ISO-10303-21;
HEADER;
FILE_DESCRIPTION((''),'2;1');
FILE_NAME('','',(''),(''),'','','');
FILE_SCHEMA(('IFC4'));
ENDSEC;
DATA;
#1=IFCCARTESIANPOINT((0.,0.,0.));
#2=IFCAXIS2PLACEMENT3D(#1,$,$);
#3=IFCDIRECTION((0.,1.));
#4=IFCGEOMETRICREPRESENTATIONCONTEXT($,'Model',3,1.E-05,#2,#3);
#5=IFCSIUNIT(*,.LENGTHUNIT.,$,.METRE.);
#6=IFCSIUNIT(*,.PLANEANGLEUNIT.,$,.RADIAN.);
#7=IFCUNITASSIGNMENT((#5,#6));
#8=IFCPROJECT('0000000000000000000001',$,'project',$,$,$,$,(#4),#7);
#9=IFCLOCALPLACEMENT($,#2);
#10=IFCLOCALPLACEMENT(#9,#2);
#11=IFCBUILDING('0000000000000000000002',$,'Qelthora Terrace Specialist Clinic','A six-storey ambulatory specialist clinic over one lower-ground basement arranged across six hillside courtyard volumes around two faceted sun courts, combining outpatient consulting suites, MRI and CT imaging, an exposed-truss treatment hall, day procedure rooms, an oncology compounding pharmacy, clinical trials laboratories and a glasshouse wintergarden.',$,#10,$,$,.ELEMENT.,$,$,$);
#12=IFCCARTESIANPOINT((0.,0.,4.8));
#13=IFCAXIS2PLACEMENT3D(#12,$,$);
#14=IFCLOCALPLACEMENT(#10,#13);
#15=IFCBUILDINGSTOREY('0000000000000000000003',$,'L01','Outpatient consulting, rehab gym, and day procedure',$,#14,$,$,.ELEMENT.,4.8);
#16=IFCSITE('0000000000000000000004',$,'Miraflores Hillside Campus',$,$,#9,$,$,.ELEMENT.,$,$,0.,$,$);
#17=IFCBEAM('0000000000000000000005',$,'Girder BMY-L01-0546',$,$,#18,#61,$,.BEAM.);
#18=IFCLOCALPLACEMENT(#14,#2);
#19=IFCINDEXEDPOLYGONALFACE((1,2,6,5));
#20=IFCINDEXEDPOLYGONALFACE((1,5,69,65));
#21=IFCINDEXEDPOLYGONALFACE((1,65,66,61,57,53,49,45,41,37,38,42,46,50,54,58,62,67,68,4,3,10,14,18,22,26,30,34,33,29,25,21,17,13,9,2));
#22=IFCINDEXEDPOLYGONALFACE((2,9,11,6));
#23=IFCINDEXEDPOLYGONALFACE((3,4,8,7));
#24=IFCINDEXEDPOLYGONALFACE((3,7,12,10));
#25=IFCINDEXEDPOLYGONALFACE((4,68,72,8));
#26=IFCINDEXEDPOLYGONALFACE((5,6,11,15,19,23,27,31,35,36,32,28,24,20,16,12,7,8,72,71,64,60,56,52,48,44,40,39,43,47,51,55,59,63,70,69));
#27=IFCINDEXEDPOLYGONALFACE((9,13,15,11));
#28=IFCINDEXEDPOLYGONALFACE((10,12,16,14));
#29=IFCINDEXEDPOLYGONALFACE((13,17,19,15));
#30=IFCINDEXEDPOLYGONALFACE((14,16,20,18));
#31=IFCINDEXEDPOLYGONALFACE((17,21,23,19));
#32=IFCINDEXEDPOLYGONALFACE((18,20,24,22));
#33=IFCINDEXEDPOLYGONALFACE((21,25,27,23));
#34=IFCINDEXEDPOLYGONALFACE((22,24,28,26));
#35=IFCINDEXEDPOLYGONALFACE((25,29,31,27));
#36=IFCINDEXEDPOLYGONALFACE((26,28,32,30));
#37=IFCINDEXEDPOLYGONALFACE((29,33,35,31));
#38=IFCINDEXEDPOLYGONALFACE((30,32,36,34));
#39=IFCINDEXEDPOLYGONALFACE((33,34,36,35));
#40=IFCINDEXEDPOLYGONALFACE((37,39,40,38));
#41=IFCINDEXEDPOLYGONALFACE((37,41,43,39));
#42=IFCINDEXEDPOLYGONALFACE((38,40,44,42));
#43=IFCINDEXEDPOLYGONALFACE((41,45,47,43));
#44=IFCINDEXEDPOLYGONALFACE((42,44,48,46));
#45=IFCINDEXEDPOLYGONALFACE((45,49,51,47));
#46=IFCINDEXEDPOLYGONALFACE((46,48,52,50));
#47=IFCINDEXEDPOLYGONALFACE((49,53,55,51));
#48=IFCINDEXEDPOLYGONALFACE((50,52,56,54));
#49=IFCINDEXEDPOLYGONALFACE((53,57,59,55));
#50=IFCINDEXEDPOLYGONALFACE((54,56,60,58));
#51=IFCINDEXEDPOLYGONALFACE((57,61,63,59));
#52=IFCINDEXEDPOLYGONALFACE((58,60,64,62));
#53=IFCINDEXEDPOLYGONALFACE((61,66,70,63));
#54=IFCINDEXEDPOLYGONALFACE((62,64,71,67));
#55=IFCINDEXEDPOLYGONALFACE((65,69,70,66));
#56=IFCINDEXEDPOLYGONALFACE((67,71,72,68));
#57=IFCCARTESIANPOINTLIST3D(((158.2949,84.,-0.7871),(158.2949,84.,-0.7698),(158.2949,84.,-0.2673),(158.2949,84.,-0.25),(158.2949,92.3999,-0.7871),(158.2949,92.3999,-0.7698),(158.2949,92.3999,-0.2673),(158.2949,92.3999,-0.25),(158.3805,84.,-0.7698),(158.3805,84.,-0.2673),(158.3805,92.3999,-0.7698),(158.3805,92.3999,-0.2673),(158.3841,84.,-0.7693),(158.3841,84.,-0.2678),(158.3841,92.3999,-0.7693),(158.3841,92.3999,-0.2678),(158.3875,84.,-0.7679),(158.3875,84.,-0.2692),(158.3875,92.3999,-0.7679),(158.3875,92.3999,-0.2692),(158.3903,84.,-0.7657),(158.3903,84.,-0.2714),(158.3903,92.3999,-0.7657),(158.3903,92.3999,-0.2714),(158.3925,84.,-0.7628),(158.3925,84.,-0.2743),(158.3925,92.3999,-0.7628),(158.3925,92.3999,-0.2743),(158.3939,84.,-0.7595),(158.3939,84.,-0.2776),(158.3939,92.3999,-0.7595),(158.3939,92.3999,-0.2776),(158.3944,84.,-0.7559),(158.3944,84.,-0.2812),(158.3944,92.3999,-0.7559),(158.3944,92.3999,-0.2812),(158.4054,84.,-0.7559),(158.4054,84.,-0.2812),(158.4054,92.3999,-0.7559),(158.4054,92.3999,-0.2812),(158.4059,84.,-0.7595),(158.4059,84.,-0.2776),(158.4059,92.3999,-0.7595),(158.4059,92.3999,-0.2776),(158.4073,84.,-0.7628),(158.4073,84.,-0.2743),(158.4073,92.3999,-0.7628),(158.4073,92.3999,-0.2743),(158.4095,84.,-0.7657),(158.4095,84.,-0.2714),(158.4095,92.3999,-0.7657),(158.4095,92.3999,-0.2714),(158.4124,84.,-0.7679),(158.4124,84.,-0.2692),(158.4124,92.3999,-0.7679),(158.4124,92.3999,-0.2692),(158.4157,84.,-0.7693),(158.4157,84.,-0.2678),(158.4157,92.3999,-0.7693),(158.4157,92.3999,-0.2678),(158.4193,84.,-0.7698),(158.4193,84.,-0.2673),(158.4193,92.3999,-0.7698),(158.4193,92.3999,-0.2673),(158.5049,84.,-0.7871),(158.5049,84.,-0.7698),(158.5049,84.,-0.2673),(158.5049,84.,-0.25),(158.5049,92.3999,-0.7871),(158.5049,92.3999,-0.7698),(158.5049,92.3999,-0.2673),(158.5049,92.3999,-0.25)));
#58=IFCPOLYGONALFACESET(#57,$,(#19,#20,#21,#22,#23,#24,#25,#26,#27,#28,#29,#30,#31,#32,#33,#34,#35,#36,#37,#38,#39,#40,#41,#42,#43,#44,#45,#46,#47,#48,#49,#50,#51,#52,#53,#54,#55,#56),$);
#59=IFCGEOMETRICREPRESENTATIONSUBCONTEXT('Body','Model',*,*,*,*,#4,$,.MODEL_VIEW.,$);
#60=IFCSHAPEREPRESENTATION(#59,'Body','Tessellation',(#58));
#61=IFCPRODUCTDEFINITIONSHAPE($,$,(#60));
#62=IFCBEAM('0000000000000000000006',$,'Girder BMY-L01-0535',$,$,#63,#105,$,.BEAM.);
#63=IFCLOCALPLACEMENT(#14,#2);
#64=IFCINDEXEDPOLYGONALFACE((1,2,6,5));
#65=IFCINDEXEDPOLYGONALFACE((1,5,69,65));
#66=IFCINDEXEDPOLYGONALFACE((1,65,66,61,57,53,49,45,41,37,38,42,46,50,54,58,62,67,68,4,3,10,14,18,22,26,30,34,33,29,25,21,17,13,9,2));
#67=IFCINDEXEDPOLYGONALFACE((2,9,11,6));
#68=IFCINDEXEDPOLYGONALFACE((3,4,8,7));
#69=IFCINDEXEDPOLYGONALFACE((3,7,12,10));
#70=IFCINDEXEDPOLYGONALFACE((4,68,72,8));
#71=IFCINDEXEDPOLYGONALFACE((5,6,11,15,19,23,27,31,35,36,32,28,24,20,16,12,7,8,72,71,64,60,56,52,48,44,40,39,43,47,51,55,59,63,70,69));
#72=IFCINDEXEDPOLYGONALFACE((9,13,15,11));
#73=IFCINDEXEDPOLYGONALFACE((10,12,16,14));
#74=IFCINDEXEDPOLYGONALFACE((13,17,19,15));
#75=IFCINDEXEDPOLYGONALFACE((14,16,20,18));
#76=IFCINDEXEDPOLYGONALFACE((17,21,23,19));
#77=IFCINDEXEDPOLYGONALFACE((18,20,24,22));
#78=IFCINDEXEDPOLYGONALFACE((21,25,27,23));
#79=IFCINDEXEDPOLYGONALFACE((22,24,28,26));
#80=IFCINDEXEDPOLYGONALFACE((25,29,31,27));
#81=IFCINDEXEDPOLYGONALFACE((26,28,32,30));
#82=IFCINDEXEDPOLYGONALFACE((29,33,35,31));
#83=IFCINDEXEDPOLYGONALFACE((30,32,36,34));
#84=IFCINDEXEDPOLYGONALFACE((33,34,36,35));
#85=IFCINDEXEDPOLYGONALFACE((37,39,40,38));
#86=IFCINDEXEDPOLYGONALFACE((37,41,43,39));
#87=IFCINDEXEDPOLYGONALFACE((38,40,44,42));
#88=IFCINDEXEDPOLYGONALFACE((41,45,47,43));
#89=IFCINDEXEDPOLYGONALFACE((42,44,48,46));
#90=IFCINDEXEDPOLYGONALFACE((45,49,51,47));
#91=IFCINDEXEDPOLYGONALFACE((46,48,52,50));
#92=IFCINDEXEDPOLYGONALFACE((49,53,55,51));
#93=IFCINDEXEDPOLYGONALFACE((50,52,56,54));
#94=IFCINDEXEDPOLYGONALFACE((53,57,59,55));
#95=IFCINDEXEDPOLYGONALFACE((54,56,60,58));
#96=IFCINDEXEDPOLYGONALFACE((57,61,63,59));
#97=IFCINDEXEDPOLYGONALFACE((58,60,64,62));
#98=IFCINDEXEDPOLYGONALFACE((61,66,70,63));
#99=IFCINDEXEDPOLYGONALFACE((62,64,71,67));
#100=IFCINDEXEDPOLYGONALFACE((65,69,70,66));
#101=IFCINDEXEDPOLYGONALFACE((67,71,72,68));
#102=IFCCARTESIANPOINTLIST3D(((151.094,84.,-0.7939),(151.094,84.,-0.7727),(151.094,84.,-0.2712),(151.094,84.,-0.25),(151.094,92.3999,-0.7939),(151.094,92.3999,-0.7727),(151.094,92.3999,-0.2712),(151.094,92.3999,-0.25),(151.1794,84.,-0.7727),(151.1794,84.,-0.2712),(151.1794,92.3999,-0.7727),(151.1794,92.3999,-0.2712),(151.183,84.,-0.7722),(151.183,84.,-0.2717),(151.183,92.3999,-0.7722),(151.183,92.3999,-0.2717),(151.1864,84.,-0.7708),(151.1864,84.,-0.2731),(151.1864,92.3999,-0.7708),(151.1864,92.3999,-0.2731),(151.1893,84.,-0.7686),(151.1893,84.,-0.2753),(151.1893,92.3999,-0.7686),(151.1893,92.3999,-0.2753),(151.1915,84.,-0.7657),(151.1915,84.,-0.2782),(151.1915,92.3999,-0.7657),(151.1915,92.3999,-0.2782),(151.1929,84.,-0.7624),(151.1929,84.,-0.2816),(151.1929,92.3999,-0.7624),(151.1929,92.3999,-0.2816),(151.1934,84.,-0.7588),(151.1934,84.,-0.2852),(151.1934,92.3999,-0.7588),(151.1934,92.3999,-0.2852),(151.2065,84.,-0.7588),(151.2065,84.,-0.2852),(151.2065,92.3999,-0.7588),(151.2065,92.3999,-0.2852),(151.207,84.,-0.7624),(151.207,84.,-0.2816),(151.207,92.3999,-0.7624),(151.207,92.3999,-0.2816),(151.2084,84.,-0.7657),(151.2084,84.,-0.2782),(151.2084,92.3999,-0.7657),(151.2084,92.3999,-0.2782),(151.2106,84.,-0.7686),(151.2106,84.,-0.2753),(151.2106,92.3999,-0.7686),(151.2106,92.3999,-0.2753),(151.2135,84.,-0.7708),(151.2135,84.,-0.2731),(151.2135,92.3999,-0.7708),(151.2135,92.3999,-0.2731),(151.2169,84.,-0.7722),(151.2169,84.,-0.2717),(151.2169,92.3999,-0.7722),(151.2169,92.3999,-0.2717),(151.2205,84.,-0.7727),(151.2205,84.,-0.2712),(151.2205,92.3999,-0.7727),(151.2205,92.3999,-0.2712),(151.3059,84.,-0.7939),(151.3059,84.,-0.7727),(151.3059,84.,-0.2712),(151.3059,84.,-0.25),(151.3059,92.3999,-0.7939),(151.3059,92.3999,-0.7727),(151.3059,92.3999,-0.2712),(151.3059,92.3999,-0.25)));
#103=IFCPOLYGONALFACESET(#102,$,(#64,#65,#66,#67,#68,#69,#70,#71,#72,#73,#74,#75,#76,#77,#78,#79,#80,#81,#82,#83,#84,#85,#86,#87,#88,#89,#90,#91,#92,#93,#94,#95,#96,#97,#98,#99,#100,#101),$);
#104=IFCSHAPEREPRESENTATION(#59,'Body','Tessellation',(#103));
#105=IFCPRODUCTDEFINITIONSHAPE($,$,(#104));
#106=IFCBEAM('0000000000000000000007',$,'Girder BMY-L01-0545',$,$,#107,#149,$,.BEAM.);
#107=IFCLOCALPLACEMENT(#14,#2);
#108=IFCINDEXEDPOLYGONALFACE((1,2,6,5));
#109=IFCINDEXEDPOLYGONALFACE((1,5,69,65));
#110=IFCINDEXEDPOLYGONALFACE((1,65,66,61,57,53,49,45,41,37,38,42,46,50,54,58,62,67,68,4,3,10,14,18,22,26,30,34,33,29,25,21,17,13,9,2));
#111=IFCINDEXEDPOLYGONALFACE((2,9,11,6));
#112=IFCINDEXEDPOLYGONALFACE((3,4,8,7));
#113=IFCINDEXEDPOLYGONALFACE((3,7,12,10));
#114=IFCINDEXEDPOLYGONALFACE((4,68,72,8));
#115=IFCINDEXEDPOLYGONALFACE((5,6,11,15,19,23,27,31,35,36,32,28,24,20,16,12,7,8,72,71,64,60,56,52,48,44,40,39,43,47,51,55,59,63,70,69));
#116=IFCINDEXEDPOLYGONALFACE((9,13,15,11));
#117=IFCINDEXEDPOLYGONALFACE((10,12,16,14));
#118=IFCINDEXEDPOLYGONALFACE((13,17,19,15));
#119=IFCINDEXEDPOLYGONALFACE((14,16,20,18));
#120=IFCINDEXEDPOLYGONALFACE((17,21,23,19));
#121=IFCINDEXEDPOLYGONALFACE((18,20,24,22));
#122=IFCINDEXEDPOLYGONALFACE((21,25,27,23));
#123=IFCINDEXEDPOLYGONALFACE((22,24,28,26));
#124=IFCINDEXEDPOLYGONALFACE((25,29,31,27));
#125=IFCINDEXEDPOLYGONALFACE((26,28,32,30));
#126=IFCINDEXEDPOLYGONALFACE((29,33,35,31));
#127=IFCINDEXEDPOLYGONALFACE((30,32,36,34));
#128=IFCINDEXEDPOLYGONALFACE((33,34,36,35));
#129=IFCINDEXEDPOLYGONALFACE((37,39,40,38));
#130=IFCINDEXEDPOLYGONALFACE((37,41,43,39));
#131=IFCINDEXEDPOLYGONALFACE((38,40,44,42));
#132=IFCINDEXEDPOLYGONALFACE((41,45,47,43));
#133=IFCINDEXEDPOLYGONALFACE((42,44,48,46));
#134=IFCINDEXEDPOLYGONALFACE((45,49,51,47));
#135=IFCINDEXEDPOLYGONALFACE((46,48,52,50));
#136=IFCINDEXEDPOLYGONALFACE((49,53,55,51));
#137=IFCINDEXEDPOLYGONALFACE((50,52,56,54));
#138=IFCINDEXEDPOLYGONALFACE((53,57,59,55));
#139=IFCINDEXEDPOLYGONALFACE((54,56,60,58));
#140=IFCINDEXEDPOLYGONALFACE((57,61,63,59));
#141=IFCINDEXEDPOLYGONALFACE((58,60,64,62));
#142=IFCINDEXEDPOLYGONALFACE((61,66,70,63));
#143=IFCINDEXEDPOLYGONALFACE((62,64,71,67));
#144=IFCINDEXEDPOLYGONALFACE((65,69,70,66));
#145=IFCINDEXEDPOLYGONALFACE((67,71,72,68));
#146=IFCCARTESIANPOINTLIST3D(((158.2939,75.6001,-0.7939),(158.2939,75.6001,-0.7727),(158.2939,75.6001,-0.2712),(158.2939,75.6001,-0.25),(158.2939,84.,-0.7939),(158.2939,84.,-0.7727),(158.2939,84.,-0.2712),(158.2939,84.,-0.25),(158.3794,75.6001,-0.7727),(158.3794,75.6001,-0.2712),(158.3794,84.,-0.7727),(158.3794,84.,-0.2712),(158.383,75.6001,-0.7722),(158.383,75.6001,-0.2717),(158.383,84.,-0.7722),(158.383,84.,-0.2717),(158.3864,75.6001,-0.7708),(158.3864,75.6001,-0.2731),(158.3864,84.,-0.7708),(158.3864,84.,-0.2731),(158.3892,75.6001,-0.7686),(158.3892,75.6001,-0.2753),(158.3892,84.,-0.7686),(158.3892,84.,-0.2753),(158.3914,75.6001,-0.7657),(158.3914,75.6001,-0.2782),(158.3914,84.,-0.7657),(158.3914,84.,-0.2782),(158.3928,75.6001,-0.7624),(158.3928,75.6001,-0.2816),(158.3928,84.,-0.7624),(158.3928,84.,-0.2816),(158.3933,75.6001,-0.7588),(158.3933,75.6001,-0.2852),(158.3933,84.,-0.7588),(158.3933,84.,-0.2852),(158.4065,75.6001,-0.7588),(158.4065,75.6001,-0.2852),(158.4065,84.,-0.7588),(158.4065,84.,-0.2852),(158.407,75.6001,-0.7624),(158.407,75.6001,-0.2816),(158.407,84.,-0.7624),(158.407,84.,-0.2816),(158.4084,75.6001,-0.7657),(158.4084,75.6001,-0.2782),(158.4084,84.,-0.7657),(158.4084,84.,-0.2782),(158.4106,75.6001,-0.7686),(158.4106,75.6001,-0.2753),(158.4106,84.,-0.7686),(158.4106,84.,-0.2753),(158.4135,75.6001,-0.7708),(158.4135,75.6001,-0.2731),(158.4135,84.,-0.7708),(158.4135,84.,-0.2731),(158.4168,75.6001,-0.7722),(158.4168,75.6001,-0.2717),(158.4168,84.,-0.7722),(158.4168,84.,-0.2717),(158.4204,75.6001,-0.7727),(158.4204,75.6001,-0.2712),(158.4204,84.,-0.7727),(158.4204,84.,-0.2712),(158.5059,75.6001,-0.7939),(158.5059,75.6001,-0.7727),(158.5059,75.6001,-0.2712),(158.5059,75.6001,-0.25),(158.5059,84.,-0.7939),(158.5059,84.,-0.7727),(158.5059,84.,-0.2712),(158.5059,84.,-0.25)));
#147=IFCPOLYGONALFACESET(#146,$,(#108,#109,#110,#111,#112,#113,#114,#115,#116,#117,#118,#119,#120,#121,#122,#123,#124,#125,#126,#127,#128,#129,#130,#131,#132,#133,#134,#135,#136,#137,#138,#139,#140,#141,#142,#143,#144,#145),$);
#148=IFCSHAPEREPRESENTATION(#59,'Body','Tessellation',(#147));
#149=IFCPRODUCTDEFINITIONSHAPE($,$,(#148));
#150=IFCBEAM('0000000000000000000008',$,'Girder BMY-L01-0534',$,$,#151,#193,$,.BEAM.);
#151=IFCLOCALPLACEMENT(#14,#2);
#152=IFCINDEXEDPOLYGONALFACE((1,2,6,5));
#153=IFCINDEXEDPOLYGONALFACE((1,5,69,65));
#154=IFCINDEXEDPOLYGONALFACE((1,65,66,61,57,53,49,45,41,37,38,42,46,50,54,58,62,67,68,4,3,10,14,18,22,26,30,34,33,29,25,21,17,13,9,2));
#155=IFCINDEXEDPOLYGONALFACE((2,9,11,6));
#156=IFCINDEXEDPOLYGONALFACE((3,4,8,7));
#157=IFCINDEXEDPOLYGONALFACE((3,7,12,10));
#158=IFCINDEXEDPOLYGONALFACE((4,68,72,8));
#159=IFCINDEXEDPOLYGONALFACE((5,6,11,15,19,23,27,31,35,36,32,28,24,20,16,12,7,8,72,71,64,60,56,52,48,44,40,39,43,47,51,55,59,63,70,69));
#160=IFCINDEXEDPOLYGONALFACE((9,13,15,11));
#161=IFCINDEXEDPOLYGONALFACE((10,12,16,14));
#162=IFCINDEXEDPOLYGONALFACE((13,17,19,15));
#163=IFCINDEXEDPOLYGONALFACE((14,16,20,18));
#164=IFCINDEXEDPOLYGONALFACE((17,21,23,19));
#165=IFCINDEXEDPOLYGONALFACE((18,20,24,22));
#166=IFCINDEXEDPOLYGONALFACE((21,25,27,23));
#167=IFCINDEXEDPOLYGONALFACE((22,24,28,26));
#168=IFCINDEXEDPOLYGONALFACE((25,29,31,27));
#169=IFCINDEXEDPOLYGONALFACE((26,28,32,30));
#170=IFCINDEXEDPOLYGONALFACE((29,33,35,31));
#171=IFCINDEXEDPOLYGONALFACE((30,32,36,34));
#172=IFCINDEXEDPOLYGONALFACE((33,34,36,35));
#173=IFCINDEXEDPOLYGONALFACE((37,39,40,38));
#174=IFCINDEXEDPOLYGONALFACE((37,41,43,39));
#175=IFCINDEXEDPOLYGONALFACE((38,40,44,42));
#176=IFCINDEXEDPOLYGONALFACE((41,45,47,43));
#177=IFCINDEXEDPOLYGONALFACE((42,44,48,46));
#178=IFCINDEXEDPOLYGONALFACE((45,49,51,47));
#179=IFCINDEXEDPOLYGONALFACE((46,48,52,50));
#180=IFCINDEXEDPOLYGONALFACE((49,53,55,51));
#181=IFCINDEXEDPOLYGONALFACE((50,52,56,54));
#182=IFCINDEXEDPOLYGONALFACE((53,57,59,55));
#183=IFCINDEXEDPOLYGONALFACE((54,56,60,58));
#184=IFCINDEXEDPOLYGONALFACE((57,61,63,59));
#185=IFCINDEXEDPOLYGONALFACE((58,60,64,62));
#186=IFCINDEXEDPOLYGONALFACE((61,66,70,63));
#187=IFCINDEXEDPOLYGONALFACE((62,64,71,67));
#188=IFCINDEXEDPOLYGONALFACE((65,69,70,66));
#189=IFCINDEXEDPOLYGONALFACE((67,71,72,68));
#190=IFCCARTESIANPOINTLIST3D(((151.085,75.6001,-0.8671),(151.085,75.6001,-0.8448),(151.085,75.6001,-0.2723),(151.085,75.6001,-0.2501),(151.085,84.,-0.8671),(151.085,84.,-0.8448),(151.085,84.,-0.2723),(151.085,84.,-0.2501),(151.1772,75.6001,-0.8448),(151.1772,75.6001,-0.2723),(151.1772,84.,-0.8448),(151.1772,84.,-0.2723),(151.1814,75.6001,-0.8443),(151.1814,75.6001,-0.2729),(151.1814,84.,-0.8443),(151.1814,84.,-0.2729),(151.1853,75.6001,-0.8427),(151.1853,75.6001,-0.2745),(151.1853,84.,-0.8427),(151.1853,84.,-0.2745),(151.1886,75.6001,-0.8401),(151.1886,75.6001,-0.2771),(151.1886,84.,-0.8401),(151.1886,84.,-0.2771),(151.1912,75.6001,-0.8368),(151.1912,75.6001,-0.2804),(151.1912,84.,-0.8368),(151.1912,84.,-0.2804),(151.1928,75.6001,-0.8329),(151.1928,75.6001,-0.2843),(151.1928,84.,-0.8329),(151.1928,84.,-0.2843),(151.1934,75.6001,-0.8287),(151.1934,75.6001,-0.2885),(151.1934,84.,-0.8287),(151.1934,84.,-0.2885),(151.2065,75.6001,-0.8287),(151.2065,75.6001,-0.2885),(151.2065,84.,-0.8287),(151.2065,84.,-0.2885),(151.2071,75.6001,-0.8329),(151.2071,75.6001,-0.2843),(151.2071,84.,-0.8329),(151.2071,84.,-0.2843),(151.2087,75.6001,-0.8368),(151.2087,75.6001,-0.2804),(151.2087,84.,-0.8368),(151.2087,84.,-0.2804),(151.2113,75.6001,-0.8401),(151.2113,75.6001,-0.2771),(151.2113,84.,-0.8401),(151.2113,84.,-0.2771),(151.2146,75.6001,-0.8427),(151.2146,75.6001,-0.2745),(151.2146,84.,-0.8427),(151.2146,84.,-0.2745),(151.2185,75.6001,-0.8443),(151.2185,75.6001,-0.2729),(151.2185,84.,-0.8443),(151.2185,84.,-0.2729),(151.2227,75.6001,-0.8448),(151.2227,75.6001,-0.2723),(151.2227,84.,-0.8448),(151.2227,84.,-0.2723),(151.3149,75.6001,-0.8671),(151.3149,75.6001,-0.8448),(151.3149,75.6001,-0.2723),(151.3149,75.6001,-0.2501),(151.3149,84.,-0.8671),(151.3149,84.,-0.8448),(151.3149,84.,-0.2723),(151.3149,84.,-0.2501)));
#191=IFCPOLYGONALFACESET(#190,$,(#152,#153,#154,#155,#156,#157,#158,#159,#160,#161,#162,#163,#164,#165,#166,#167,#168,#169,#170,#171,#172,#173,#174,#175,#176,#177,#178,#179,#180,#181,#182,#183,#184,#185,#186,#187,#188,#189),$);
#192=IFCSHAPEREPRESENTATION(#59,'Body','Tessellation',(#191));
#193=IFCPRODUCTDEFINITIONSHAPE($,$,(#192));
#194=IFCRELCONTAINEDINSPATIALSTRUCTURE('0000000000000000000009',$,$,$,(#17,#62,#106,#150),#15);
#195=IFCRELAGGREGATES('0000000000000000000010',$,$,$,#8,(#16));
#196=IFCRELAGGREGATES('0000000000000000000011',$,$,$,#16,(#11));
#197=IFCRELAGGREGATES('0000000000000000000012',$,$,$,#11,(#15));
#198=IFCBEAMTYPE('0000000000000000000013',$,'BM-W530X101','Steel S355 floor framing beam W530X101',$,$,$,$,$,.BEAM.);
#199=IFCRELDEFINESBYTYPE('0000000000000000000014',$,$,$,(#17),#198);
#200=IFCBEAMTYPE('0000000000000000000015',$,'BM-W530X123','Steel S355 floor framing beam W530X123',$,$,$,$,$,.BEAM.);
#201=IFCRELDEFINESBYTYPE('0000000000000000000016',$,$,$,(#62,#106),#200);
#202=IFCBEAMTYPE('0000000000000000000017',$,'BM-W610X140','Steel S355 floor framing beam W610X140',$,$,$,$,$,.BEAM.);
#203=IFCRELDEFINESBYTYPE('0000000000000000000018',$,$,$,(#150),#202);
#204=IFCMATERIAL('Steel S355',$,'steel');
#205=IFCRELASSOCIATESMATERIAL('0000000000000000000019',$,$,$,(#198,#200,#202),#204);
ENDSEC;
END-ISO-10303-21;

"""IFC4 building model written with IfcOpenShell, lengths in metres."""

from ifc_helpers import new_model, si_unit, direction, frame, origin, origin_2d, place, context, subcontext, project, spatial, i_section, extrude, material, material_profile, profile_set, type_object, element, save


model = new_model("IFC4")

# Units and contexts
model_context = context("Model", 3, precision=1e-05, world=origin(), true_north=direction((0.0, 1.0)))
body_context = subcontext(model_context, "Body", "Model", "MODEL_VIEW")
ifc_project = project(units=[si_unit("LENGTHUNIT", "METRE"), si_unit("PLANEANGLEUNIT", "RADIAN")], contexts=[model_context])

# Site, building, storey
site_placement = place(None, origin())
site = spatial("IfcSite", under=ifc_project, at=site_placement, Name="Miraflores Hillside Campus", CompositionType="ELEMENT", RefElevation=0.0)
building_placement = place(site_placement, origin())
building = spatial("IfcBuilding", under=site, at=building_placement, Name="Qelthora Terrace Specialist Clinic", Description="A six-storey ambulatory specialist clinic over one lower-ground basement arranged across six hillside courtyard volumes around two faceted sun courts, combining outpatient consulting suites, MRI and CT imaging, an exposed-truss treatment hall, day procedure rooms, an oncology compounding pharmacy, clinical trials laboratories and a glasshouse wintergarden.", CompositionType="ELEMENT")
storey_placement = place(building_placement, frame((0.0, 0.0, 4.8)))
storey = spatial("IfcBuildingStorey", under=building, at=storey_placement, Name="L01", Description="Outpatient consulting, rehab gym, and day procedure", CompositionType="ELEMENT", Elevation=4.8)

# Shared definitions
ifc_material_1 = material(Name="Steel S355", Category="steel")

# Beams
ifc_material_profile_1 = material_profile(ifc_material_1, i_section(OverallWidth=0.21, OverallDepth=0.5371, WebThickness=0.011, FlangeThickness=0.0173, FilletRadius=0.0139, at=origin_2d()), Name="W530X101")
ifc_profile_set_1 = profile_set([ifc_material_profile_1], Name="Steel S355")
beam_type_1 = type_object("IfcBeamType", Name="BM-W530X101", Description="Steel S355 floor framing beam W530X101", PredefinedType="BEAM", material=ifc_profile_set_1)
beam_1_placement = place(storey_placement, frame((158.3999, 84.0, -0.5186), z_axis=(0.0, 1.0, 0.0), x_axis=(-1.0, 0.0, 0.0)))
element("IfcBeam", 1, at=beam_1_placement, inside=storey, type_object=beam_type_1, Name="Girder BMY-L01-0546", PredefinedType="BEAM", context=body_context, shape_type="SweptSolid", body=[
    extrude(i_section(OverallWidth=0.21, OverallDepth=0.5371, WebThickness=0.011, FlangeThickness=0.0173, FilletRadius=0.0139, at=origin_2d()), origin(), (0.0, 0.0, 1.0), 8.3999),
])
ifc_material_profile_2 = material_profile(ifc_material_1, i_section(OverallWidth=0.2119, OverallDepth=0.5439, WebThickness=0.0132, FlangeThickness=0.0212, FilletRadius=0.0139, at=origin_2d()), Name="W530X123")
ifc_profile_set_2 = profile_set([ifc_material_profile_2], Name="Steel S355")
beam_type_2 = type_object("IfcBeamType", Name="BM-W530X123", Description="Steel S355 floor framing beam W530X123", PredefinedType="BEAM", material=ifc_profile_set_2)
for number, where, z_axis, x_axis, name in (
    (2, (151.2, 84.0, -0.522), (0.0, 1.0, 0.0), (-1.0, 0.0, 0.0), "Girder BMY-L01-0535"),
    (3, (158.3999, 75.6001, -0.522), (0.0, 1.0, 0.0), (-1.0, 0.0, 0.0), "Girder BMY-L01-0545"),
):
    element("IfcBeam", number, at=place(storey_placement, frame(where, z_axis=z_axis, x_axis=x_axis)), inside=storey, type_object=beam_type_2, Name=name, PredefinedType="BEAM", context=body_context, shape_type="SweptSolid", body=[
        extrude(i_section(OverallWidth=0.2119, OverallDepth=0.5439, WebThickness=0.0132, FlangeThickness=0.0212, FilletRadius=0.0139, at=origin_2d()), origin(), (0.0, 0.0, 1.0), 8.3999),
    ])
ifc_material_profile_3 = material_profile(ifc_material_1, i_section(OverallWidth=0.23, OverallDepth=0.6169, WebThickness=0.0132, FlangeThickness=0.0222, FilletRadius=0.0161, at=origin_2d()), Name="W610X140")
ifc_profile_set_3 = profile_set([ifc_material_profile_3], Name="Steel S355")
beam_type_3 = type_object("IfcBeamType", Name="BM-W610X140", Description="Steel S355 floor framing beam W610X140", PredefinedType="BEAM", material=ifc_profile_set_3)
beam_2_placement = place(storey_placement, frame((151.2, 75.6001, -0.5586), z_axis=(0.0, 1.0, 0.0), x_axis=(-1.0, 0.0, 0.0)))
element("IfcBeam", 4, at=beam_2_placement, inside=storey, type_object=beam_type_3, Name="Girder BMY-L01-0534", PredefinedType="BEAM", context=body_context, shape_type="SweptSolid", body=[
    extrude(i_section(OverallWidth=0.23, OverallDepth=0.6169, WebThickness=0.0132, FlangeThickness=0.0222, FilletRadius=0.0161, at=origin_2d()), origin(), (0.0, 0.0, 1.0), 8.3999),
])

save(model, "model.ifc")
